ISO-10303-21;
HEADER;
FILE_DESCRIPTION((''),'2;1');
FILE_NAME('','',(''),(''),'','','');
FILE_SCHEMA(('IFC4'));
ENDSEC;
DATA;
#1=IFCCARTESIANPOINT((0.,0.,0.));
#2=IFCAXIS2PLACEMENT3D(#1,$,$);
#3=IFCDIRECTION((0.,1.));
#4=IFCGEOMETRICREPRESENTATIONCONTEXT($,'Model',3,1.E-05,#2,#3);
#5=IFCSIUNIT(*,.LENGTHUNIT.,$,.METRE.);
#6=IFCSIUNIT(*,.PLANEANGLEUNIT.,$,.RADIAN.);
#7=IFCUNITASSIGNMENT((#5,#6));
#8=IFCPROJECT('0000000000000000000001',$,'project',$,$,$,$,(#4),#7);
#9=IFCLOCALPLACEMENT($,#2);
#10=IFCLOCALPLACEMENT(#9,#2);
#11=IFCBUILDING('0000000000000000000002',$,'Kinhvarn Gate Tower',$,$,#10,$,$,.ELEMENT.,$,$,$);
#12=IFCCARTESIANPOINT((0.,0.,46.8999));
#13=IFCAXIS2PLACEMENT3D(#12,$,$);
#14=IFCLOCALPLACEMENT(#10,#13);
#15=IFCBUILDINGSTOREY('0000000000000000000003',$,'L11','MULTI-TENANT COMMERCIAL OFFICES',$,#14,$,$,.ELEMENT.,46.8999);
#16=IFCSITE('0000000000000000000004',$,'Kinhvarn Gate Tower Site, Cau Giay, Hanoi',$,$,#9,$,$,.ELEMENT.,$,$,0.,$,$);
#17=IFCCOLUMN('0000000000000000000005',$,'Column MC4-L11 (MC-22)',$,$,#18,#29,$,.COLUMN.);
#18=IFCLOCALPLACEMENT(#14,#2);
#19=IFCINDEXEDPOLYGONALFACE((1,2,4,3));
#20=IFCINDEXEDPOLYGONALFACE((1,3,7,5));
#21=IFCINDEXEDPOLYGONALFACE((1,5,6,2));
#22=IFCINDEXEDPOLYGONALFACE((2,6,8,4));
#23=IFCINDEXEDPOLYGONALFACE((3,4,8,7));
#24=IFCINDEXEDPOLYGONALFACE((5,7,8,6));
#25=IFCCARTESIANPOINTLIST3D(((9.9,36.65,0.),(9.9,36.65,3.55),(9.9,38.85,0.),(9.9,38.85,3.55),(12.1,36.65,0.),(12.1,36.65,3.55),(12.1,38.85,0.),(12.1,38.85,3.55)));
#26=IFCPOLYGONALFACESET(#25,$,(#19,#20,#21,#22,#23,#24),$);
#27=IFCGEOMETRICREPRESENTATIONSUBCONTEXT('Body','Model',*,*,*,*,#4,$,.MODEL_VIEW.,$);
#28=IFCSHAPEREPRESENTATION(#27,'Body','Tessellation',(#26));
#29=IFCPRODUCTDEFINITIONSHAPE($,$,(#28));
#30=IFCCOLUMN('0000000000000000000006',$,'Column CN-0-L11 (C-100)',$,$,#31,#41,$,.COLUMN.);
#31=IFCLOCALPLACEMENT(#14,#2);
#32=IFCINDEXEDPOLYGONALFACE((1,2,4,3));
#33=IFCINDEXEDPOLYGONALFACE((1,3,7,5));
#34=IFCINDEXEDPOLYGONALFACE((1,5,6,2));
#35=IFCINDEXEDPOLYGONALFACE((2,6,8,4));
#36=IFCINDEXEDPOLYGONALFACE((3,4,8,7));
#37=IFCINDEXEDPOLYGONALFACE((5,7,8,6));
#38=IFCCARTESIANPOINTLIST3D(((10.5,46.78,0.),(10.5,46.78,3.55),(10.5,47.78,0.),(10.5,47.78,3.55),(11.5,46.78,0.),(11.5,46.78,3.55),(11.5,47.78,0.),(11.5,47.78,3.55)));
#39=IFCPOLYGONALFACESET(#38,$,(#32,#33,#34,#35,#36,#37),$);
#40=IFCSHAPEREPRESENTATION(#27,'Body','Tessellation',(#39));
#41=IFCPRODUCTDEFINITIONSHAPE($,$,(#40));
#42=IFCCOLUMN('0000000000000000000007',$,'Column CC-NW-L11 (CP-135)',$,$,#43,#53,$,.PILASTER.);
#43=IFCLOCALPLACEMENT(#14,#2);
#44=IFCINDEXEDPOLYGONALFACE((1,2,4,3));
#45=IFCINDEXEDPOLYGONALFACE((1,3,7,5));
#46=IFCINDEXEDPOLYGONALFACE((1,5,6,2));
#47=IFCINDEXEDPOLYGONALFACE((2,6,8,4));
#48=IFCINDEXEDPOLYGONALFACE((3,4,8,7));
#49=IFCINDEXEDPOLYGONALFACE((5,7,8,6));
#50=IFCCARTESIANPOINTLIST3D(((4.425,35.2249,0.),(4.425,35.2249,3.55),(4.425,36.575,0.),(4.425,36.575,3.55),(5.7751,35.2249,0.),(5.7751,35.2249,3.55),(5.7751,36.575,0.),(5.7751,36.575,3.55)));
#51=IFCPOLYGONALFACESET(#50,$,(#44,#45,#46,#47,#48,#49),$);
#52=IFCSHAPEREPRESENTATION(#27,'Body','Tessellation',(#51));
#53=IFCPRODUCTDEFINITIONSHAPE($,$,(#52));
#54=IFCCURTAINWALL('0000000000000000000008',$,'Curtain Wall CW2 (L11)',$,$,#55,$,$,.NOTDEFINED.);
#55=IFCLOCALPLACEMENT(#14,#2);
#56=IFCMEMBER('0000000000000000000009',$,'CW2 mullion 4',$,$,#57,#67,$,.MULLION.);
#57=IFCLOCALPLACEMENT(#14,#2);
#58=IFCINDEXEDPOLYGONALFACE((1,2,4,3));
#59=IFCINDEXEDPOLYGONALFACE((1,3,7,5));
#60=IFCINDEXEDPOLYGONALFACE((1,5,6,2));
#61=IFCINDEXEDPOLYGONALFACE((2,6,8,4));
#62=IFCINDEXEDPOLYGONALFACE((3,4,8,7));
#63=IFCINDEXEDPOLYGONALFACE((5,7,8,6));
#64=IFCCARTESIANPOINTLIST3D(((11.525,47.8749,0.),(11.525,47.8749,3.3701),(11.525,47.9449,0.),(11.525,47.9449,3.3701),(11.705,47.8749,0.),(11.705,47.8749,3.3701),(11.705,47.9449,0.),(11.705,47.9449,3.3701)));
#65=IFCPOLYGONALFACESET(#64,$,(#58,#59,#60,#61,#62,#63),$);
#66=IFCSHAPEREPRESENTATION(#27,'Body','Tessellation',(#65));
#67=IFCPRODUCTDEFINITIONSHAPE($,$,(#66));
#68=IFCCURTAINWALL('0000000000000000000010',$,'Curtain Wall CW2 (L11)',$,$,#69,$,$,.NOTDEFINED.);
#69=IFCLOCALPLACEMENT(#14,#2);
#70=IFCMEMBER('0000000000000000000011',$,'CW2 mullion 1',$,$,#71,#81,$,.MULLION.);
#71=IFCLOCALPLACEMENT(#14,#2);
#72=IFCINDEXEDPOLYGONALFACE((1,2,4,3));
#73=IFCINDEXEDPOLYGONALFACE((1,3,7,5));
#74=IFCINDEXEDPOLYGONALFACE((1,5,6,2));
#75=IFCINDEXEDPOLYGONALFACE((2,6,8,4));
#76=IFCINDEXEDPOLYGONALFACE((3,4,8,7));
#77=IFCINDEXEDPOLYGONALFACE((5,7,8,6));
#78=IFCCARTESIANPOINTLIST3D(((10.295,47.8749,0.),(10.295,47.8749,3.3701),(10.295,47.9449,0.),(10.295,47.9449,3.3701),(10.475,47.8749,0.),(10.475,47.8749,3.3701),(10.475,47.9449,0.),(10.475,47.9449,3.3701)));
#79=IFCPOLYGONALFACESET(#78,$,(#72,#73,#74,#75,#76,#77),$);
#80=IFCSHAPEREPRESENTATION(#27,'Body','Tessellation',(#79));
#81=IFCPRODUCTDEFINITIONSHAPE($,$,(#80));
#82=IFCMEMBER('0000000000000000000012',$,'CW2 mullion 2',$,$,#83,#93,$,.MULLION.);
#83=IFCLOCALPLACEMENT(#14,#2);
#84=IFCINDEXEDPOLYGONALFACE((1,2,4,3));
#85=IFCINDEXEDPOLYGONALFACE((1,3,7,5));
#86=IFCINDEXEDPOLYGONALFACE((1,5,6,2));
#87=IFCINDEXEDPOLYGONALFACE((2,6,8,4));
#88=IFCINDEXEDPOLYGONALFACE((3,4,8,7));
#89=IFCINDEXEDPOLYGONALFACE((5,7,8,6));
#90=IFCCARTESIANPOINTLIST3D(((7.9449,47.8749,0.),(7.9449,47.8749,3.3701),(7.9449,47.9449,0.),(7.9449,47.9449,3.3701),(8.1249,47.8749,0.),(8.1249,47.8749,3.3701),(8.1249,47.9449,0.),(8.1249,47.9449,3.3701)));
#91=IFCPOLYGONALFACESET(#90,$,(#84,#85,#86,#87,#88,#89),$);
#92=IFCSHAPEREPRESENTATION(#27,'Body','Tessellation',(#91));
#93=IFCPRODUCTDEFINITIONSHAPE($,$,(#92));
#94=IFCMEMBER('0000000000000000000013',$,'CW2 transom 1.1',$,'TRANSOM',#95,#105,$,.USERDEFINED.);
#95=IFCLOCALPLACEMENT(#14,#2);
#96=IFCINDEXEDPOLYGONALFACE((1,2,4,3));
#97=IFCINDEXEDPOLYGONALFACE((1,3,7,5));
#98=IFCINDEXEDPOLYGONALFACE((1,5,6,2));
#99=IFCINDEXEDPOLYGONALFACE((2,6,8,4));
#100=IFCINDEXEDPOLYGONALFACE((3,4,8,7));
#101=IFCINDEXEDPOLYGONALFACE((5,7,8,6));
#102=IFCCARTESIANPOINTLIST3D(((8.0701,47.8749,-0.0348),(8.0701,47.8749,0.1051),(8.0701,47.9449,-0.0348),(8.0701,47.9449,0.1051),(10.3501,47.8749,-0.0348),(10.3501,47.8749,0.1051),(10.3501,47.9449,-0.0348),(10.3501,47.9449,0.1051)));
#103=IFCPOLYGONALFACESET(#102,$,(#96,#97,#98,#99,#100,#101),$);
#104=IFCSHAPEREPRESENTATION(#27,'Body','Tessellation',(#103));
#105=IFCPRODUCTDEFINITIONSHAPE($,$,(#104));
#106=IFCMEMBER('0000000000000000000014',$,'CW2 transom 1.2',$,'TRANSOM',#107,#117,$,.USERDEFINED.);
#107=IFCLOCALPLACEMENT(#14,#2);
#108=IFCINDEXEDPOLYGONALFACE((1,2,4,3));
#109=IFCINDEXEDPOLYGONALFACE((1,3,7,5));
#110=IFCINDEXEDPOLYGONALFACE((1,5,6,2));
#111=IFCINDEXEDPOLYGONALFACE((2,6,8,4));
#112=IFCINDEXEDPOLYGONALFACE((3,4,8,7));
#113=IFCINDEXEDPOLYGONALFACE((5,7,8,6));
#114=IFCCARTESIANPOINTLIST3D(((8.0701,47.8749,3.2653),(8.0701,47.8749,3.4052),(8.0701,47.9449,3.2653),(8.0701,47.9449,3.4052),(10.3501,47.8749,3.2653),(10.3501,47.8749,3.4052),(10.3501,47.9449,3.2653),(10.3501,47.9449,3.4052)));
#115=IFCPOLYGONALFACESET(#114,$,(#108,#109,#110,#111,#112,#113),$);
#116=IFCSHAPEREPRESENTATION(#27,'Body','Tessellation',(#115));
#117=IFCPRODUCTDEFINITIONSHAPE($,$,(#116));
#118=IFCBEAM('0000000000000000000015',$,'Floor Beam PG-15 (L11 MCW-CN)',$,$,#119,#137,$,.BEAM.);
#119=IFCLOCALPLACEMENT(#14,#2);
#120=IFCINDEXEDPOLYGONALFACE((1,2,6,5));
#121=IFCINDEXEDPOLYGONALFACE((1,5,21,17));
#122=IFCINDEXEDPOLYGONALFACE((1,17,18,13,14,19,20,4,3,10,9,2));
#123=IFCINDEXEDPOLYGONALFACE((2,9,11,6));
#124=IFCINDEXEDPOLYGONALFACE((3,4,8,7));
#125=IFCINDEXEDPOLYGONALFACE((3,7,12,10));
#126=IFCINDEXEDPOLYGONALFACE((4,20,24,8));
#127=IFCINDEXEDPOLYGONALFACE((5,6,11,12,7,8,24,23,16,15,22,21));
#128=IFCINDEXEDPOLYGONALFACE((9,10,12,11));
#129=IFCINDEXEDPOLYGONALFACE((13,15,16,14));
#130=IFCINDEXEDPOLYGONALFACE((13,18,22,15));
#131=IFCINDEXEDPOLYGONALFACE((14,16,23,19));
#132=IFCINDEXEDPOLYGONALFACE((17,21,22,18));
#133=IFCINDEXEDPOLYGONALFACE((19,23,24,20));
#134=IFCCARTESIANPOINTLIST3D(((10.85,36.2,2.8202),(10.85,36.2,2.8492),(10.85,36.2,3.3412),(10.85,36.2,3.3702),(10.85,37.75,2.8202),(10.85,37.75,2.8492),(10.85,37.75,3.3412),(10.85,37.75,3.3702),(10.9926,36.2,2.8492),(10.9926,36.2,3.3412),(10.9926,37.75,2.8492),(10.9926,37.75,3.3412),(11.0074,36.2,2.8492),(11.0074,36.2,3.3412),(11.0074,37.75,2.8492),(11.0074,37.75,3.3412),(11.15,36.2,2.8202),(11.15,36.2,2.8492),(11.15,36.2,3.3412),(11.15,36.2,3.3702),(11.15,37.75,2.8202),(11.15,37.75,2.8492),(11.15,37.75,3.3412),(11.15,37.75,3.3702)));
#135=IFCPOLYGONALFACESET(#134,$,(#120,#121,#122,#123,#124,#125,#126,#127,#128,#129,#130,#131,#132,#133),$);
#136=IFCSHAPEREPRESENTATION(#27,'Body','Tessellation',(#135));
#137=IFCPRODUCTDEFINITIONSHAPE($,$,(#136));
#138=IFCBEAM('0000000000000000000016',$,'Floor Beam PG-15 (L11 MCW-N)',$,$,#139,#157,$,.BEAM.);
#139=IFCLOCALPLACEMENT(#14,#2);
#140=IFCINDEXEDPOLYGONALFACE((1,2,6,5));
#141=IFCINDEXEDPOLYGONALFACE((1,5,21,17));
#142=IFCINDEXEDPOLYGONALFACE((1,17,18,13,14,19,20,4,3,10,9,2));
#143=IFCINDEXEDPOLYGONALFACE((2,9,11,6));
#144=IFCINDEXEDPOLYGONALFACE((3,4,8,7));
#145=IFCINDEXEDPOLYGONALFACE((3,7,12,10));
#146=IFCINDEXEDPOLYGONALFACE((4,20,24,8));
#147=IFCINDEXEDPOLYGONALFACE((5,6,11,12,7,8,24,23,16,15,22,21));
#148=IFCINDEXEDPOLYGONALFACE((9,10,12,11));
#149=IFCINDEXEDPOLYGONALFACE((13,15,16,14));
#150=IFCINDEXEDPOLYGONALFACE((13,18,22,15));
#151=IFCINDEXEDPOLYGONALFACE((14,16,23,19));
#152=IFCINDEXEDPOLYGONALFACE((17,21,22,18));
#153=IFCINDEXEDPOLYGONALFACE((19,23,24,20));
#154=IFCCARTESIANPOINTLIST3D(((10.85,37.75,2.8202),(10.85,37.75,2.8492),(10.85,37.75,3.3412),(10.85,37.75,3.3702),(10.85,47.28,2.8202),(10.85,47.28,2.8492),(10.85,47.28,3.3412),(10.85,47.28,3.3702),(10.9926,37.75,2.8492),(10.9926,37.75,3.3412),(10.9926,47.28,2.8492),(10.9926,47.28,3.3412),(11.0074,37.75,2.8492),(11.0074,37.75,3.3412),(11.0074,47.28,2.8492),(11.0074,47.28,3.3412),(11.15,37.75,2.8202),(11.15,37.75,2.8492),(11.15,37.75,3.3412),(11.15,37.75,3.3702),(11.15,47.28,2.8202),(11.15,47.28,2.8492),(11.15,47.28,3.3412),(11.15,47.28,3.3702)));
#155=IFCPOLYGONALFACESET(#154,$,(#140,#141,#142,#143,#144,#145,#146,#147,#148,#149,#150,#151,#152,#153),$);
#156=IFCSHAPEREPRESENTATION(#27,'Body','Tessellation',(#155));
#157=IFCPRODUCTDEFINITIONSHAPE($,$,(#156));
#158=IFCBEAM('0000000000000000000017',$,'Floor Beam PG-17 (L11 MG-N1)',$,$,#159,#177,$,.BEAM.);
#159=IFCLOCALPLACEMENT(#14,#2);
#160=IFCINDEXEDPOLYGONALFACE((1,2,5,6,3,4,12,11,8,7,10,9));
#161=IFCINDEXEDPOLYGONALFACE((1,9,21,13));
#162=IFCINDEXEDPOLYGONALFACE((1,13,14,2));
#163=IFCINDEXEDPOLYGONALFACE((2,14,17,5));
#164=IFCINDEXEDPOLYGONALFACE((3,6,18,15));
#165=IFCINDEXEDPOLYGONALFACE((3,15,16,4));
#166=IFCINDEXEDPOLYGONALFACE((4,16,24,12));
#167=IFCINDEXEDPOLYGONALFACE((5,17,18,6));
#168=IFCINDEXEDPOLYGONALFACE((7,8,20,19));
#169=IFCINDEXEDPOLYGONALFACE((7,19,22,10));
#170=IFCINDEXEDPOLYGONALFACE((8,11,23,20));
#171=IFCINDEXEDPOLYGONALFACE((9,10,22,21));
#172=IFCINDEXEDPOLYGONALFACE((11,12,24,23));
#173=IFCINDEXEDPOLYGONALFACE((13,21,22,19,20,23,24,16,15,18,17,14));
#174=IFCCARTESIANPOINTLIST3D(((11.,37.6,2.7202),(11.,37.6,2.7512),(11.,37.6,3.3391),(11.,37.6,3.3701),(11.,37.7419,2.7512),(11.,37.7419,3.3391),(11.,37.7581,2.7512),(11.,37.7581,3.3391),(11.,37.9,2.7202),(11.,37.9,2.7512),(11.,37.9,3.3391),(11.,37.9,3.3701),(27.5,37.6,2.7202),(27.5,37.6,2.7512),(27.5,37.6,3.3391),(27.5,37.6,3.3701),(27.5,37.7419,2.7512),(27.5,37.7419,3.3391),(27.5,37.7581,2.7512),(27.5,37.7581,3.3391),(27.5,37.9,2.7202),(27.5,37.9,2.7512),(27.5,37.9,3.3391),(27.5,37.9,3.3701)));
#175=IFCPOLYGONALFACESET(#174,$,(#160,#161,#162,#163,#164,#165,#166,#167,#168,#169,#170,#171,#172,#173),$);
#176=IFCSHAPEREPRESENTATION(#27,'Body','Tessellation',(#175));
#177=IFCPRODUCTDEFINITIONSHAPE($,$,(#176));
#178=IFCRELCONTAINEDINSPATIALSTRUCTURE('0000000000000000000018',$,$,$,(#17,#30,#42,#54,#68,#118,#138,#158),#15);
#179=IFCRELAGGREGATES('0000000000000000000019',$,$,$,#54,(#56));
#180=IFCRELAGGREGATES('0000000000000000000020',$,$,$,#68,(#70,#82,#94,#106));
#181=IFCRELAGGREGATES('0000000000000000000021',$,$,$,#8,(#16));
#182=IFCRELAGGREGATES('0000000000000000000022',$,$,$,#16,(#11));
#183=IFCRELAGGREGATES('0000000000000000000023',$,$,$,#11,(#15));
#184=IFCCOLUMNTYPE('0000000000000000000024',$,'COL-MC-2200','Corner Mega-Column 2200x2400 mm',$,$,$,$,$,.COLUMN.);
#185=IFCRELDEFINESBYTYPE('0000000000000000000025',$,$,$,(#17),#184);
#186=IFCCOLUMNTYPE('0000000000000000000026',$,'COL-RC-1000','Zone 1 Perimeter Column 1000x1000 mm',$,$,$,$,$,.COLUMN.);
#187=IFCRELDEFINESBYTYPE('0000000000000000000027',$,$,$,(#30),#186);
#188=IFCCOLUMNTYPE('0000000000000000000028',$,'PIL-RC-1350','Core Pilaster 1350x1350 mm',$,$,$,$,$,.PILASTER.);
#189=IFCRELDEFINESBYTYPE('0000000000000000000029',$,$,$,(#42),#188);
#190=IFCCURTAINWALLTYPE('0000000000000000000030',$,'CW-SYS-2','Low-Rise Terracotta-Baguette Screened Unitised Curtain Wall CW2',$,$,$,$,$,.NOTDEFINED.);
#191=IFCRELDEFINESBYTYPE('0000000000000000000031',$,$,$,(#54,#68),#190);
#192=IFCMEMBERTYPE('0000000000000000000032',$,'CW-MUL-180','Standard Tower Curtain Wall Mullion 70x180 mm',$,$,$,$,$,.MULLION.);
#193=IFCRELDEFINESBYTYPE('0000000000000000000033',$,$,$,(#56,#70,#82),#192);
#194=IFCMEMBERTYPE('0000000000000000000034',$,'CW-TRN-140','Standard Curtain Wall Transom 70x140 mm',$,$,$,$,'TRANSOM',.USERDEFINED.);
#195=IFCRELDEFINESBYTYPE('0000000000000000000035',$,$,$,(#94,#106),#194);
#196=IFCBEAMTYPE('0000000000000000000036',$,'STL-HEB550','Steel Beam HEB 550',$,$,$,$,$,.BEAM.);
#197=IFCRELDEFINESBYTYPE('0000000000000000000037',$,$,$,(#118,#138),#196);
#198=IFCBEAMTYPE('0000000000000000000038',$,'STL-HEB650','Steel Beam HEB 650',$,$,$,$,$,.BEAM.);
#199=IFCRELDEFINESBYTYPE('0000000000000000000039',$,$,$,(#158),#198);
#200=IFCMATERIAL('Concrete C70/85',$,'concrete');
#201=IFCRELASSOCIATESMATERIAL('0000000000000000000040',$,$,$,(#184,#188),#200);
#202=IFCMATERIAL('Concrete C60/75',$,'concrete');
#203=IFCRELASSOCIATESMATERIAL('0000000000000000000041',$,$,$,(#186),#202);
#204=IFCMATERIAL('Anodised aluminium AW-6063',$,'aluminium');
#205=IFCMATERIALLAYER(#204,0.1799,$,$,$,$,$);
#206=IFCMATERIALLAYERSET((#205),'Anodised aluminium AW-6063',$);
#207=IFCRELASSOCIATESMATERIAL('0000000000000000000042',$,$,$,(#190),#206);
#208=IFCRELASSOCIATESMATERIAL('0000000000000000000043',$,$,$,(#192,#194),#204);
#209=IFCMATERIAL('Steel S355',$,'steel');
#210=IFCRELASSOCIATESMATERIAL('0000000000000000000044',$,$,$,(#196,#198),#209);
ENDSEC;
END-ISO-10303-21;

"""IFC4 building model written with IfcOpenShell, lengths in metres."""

from ifc_helpers import new_model, si_unit, direction, frame, origin, origin_2d, place, context, subcontext, project, spatial, rectangle, i_section, extrude, material, layer, layer_set, material_profile, profile_set, type_object, element, aggregate, save


model = new_model("IFC4")

# Units and contexts
model_context = context("Model", 3, precision=1e-05, world=origin(), true_north=direction((0.0, 1.0)))
body_context = subcontext(model_context, "Body", "Model", "MODEL_VIEW")
ifc_project = project(units=[si_unit("LENGTHUNIT", "METRE"), si_unit("PLANEANGLEUNIT", "RADIAN")], contexts=[model_context])

# Site, building, storey
site_placement = place(None, origin())
site = spatial("IfcSite", under=ifc_project, at=site_placement, Name="Kinhvarn Gate Tower Site, Cau Giay, Hanoi", CompositionType="ELEMENT", RefElevation=0.0)
building_placement = place(site_placement, origin())
building = spatial("IfcBuilding", under=site, at=building_placement, Name="Kinhvarn Gate Tower", CompositionType="ELEMENT")
storey_placement = place(building_placement, frame((0.0, 0.0, 46.8999)))
storey = spatial("IfcBuildingStorey", under=building, at=storey_placement, Name="L11", Description="MULTI-TENANT COMMERCIAL OFFICES", CompositionType="ELEMENT", Elevation=46.8999)

# Columns
ifc_material_1 = material(Name="Concrete C70/85", Category="concrete")
ifc_material_profile_1 = material_profile(ifc_material_1, rectangle(XDim=2.2, YDim=2.2, at=origin_2d()), Name="RC 2200x2200")
ifc_profile_set_1 = profile_set([ifc_material_profile_1], Name="Concrete C70/85")
column_type_1 = type_object("IfcColumnType", Name="COL-MC-2200", Description="Corner Mega-Column 2200x2400 mm", PredefinedType="COLUMN", material=ifc_profile_set_1)
column_1_placement = place(storey_placement, frame((11.0, 37.75, 0.0), z_axis=(0.0, 0.0, 1.0), x_axis=(1.0, 0.0, 0.0)))
element("IfcColumn", 1, at=column_1_placement, inside=storey, type_object=column_type_1, Name="Column MC4-L11 (MC-22)", PredefinedType="COLUMN", context=body_context, shape_type="SweptSolid", body=[
    extrude(rectangle(XDim=2.2, YDim=2.2, at=origin_2d()), origin(), (0.0, 0.0, 1.0), 3.55),
])
ifc_material_2 = material(Name="Concrete C60/75", Category="concrete")
ifc_material_profile_2 = material_profile(ifc_material_2, rectangle(XDim=1.0, YDim=1.0, at=origin_2d()), Name="RC 1000x1000")
ifc_profile_set_2 = profile_set([ifc_material_profile_2], Name="Concrete C60/75")
column_type_2 = type_object("IfcColumnType", Name="COL-RC-1000", Description="Zone 1 Perimeter Column 1000x1000 mm", PredefinedType="COLUMN", material=ifc_profile_set_2)
column_2_placement = place(storey_placement, frame((11.0, 47.28, 0.0), z_axis=(0.0, 0.0, 1.0), x_axis=(1.0, 0.0, 0.0)))
element("IfcColumn", 2, at=column_2_placement, inside=storey, type_object=column_type_2, Name="Column CN-0-L11 (C-100)", PredefinedType="COLUMN", context=body_context, shape_type="SweptSolid", body=[
    extrude(rectangle(XDim=1.0, YDim=1.0, at=origin_2d()), origin(), (0.0, 0.0, 1.0), 3.55),
])
ifc_material_profile_3 = material_profile(ifc_material_1, rectangle(XDim=1.3501, YDim=1.3501, at=origin_2d()), Name="RC 1350x1350")
ifc_profile_set_3 = profile_set([ifc_material_profile_3], Name="Concrete C70/85")
column_type_3 = type_object("IfcColumnType", Name="PIL-RC-1350", Description="Core Pilaster 1350x1350 mm", PredefinedType="PILASTER", material=ifc_profile_set_3)
column_3_placement = place(storey_placement, frame((5.1001, 35.8999, 0.0), z_axis=(0.0, 0.0, 1.0), x_axis=(1.0, 0.0, 0.0)))
element("IfcColumn", 3, at=column_3_placement, inside=storey, type_object=column_type_3, Name="Column CC-NW-L11 (CP-135)", PredefinedType="PILASTER", context=body_context, shape_type="SweptSolid", body=[
    extrude(rectangle(XDim=1.3501, YDim=1.3501, at=origin_2d()), origin(), (0.0, 0.0, 1.0), 3.55),
])

# Curtain wall, member
ifc_material_3 = material(Name="Anodised aluminium AW-6063", Category="aluminium")
ifc_layer_1 = layer(ifc_material_3, 0.1799)
ifc_layer_set_1 = layer_set([ifc_layer_1], Name="Anodised aluminium AW-6063")
curtain_wall_type = type_object("IfcCurtainWallType", Name="CW-SYS-2", Description="Low-Rise Terracotta-Baguette Screened Unitised Curtain Wall CW2", PredefinedType="NOTDEFINED", material=ifc_layer_set_1)
curtain_wall_1_placement = place(storey_placement, origin())
curtain_wall_1 = element("IfcCurtainWall", 4, at=curtain_wall_1_placement, inside=storey, type_object=curtain_wall_type, Name="Curtain Wall CW2 (L11)", PredefinedType="NOTDEFINED")
ifc_material_profile_4 = material_profile(ifc_material_3, rectangle(XDim=0.0701, YDim=0.1799, at=origin_2d()), Name="ALU 70x180")
ifc_profile_set_4 = profile_set([ifc_material_profile_4], Name="Anodised aluminium AW-6063")
member_type_1 = type_object("IfcMemberType", Name="CW-MUL-180", Description="Standard Tower Curtain Wall Mullion 70x180 mm", PredefinedType="MULLION", material=ifc_profile_set_4)
member_1_placement = place(storey_placement, frame((11.615, 47.9099, 0.0), z_axis=(0.0, 0.0, 1.0), x_axis=(0.0, -1.0, 0.0)))
member_1 = element("IfcMember", 5, at=member_1_placement, type_object=member_type_1, Name="CW2 mullion 4", PredefinedType="MULLION", context=body_context, shape_type="SweptSolid", body=[
    extrude(rectangle(XDim=0.0701, YDim=0.1799, at=origin_2d()), origin(), (0.0, 0.0, 1.0), 3.3701),
])
aggregate(curtain_wall_1, [member_1])

# Curtain wall, members
curtain_wall_2_placement = place(storey_placement, origin())
curtain_wall_2 = element("IfcCurtainWall", 6, at=curtain_wall_2_placement, inside=storey, type_object=curtain_wall_type, Name="Curtain Wall CW2 (L11)", PredefinedType="NOTDEFINED")
member_2_placement = place(storey_placement, frame((10.385, 47.9099, 0.0), z_axis=(0.0, 0.0, 1.0), x_axis=(0.0, -1.0, 0.0)))
member_2 = element("IfcMember", 7, at=member_2_placement, type_object=member_type_1, Name="CW2 mullion 1", PredefinedType="MULLION", context=body_context, shape_type="SweptSolid", body=[
    extrude(rectangle(XDim=0.0701, YDim=0.1799, at=origin_2d()), origin(), (0.0, 0.0, 1.0), 3.3701),
])
member_3_placement = place(storey_placement, frame((8.0349, 47.9099, 0.0), z_axis=(0.0, 0.0, 1.0), x_axis=(0.0, -1.0, 0.0)))
member_3 = element("IfcMember", 8, at=member_3_placement, type_object=member_type_1, Name="CW2 mullion 2", PredefinedType="MULLION", context=body_context, shape_type="SweptSolid", body=[
    extrude(rectangle(XDim=0.0701, YDim=0.1799, at=origin_2d()), origin(), (0.0, 0.0, 1.0), 3.3701),
])
ifc_material_profile_5 = material_profile(ifc_material_3, rectangle(XDim=0.0701, YDim=0.1399, at=origin_2d()), Name="ALU 70x140")
ifc_profile_set_5 = profile_set([ifc_material_profile_5], Name="Anodised aluminium AW-6063")
member_type_2 = type_object("IfcMemberType", Name="CW-TRN-140", Description="Standard Curtain Wall Transom 70x140 mm", ElementType="TRANSOM", PredefinedType="USERDEFINED", material=ifc_profile_set_5)
member_4_placement = place(storey_placement, frame((10.3501, 47.9099, 0.0352), z_axis=(-1.0, 0.0, 0.0), x_axis=(0.0, -1.0, 0.0)))
member_4 = element("IfcMember", 9, at=member_4_placement, type_object=member_type_2, Name="CW2 transom 1.1", ObjectType="TRANSOM", PredefinedType="USERDEFINED", context=body_context, shape_type="SweptSolid", body=[
    extrude(rectangle(XDim=0.0701, YDim=0.1399, at=origin_2d()), origin(), (0.0, 0.0, 1.0), 2.28),
])
member_5_placement = place(storey_placement, frame((10.3501, 47.9099, 3.3352), z_axis=(-1.0, 0.0, 0.0), x_axis=(0.0, -1.0, 0.0)))
member_5 = element("IfcMember", 10, at=member_5_placement, type_object=member_type_2, Name="CW2 transom 1.2", ObjectType="TRANSOM", PredefinedType="USERDEFINED", context=body_context, shape_type="SweptSolid", body=[
    extrude(rectangle(XDim=0.0701, YDim=0.1399, at=origin_2d()), origin(), (0.0, 0.0, 1.0), 2.28),
])

# Beams
ifc_material_4 = material(Name="Steel S355", Category="steel")
ifc_material_profile_6 = material_profile(ifc_material_4, i_section(OverallWidth=0.3, OverallDepth=0.55, WebThickness=0.0149, FlangeThickness=0.0291, at=origin_2d()), Name="HEB 550")
ifc_profile_set_6 = profile_set([ifc_material_profile_6], Name="Steel S355")
beam_type_1 = type_object("IfcBeamType", Name="STL-HEB550", Description="Steel Beam HEB 550", PredefinedType="BEAM", material=ifc_profile_set_6)
beam_1_placement = place(storey_placement, frame((11.0, 36.2, 3.0952), z_axis=(0.0, 1.0, 0.0), x_axis=(-1.0, 0.0, 0.0)))
element("IfcBeam", 11, at=beam_1_placement, inside=storey, type_object=beam_type_1, Name="Floor Beam PG-15 (L11 MCW-CN)", PredefinedType="BEAM", context=body_context, shape_type="SweptSolid", body=[
    extrude(i_section(OverallWidth=0.3, OverallDepth=0.55, WebThickness=0.0149, FlangeThickness=0.0291, at=origin_2d()), origin(), (0.0, 0.0, 1.0), 1.55),
])
beam_2_placement = place(storey_placement, frame((11.0, 37.75, 3.0952), z_axis=(0.0, 1.0, 0.0), x_axis=(-1.0, 0.0, 0.0)))
element("IfcBeam", 12, at=beam_2_placement, inside=storey, type_object=beam_type_1, Name="Floor Beam PG-15 (L11 MCW-N)", PredefinedType="BEAM", context=body_context, shape_type="SweptSolid", body=[
    extrude(i_section(OverallWidth=0.3, OverallDepth=0.55, WebThickness=0.0149, FlangeThickness=0.0291, at=origin_2d()), origin(), (0.0, 0.0, 1.0), 9.53),
])
ifc_material_profile_7 = material_profile(ifc_material_4, i_section(OverallWidth=0.3, OverallDepth=0.6499, WebThickness=0.0161, FlangeThickness=0.031, at=origin_2d()), Name="HEB 650")
ifc_profile_set_7 = profile_set([ifc_material_profile_7], Name="Steel S355")
beam_type_2 = type_object("IfcBeamType", Name="STL-HEB650", Description="Steel Beam HEB 650", PredefinedType="BEAM", material=ifc_profile_set_7)
beam_3_placement = place(storey_placement, frame((11.0, 37.75, 3.0452), z_axis=(1.0, 0.0, 0.0), x_axis=(0.0, 1.0, 0.0)))
element("IfcBeam", 13, at=beam_3_placement, inside=storey, type_object=beam_type_2, Name="Floor Beam PG-17 (L11 MG-N1)", PredefinedType="BEAM", context=body_context, shape_type="SweptSolid", body=[
    extrude(i_section(OverallWidth=0.3, OverallDepth=0.6499, WebThickness=0.0161, FlangeThickness=0.031, at=origin_2d()), origin(), (0.0, 0.0, 1.0), 16.5),
])

aggregate(curtain_wall_2, [member_2, member_3, member_4, member_5])

save(model, "model.ifc")
